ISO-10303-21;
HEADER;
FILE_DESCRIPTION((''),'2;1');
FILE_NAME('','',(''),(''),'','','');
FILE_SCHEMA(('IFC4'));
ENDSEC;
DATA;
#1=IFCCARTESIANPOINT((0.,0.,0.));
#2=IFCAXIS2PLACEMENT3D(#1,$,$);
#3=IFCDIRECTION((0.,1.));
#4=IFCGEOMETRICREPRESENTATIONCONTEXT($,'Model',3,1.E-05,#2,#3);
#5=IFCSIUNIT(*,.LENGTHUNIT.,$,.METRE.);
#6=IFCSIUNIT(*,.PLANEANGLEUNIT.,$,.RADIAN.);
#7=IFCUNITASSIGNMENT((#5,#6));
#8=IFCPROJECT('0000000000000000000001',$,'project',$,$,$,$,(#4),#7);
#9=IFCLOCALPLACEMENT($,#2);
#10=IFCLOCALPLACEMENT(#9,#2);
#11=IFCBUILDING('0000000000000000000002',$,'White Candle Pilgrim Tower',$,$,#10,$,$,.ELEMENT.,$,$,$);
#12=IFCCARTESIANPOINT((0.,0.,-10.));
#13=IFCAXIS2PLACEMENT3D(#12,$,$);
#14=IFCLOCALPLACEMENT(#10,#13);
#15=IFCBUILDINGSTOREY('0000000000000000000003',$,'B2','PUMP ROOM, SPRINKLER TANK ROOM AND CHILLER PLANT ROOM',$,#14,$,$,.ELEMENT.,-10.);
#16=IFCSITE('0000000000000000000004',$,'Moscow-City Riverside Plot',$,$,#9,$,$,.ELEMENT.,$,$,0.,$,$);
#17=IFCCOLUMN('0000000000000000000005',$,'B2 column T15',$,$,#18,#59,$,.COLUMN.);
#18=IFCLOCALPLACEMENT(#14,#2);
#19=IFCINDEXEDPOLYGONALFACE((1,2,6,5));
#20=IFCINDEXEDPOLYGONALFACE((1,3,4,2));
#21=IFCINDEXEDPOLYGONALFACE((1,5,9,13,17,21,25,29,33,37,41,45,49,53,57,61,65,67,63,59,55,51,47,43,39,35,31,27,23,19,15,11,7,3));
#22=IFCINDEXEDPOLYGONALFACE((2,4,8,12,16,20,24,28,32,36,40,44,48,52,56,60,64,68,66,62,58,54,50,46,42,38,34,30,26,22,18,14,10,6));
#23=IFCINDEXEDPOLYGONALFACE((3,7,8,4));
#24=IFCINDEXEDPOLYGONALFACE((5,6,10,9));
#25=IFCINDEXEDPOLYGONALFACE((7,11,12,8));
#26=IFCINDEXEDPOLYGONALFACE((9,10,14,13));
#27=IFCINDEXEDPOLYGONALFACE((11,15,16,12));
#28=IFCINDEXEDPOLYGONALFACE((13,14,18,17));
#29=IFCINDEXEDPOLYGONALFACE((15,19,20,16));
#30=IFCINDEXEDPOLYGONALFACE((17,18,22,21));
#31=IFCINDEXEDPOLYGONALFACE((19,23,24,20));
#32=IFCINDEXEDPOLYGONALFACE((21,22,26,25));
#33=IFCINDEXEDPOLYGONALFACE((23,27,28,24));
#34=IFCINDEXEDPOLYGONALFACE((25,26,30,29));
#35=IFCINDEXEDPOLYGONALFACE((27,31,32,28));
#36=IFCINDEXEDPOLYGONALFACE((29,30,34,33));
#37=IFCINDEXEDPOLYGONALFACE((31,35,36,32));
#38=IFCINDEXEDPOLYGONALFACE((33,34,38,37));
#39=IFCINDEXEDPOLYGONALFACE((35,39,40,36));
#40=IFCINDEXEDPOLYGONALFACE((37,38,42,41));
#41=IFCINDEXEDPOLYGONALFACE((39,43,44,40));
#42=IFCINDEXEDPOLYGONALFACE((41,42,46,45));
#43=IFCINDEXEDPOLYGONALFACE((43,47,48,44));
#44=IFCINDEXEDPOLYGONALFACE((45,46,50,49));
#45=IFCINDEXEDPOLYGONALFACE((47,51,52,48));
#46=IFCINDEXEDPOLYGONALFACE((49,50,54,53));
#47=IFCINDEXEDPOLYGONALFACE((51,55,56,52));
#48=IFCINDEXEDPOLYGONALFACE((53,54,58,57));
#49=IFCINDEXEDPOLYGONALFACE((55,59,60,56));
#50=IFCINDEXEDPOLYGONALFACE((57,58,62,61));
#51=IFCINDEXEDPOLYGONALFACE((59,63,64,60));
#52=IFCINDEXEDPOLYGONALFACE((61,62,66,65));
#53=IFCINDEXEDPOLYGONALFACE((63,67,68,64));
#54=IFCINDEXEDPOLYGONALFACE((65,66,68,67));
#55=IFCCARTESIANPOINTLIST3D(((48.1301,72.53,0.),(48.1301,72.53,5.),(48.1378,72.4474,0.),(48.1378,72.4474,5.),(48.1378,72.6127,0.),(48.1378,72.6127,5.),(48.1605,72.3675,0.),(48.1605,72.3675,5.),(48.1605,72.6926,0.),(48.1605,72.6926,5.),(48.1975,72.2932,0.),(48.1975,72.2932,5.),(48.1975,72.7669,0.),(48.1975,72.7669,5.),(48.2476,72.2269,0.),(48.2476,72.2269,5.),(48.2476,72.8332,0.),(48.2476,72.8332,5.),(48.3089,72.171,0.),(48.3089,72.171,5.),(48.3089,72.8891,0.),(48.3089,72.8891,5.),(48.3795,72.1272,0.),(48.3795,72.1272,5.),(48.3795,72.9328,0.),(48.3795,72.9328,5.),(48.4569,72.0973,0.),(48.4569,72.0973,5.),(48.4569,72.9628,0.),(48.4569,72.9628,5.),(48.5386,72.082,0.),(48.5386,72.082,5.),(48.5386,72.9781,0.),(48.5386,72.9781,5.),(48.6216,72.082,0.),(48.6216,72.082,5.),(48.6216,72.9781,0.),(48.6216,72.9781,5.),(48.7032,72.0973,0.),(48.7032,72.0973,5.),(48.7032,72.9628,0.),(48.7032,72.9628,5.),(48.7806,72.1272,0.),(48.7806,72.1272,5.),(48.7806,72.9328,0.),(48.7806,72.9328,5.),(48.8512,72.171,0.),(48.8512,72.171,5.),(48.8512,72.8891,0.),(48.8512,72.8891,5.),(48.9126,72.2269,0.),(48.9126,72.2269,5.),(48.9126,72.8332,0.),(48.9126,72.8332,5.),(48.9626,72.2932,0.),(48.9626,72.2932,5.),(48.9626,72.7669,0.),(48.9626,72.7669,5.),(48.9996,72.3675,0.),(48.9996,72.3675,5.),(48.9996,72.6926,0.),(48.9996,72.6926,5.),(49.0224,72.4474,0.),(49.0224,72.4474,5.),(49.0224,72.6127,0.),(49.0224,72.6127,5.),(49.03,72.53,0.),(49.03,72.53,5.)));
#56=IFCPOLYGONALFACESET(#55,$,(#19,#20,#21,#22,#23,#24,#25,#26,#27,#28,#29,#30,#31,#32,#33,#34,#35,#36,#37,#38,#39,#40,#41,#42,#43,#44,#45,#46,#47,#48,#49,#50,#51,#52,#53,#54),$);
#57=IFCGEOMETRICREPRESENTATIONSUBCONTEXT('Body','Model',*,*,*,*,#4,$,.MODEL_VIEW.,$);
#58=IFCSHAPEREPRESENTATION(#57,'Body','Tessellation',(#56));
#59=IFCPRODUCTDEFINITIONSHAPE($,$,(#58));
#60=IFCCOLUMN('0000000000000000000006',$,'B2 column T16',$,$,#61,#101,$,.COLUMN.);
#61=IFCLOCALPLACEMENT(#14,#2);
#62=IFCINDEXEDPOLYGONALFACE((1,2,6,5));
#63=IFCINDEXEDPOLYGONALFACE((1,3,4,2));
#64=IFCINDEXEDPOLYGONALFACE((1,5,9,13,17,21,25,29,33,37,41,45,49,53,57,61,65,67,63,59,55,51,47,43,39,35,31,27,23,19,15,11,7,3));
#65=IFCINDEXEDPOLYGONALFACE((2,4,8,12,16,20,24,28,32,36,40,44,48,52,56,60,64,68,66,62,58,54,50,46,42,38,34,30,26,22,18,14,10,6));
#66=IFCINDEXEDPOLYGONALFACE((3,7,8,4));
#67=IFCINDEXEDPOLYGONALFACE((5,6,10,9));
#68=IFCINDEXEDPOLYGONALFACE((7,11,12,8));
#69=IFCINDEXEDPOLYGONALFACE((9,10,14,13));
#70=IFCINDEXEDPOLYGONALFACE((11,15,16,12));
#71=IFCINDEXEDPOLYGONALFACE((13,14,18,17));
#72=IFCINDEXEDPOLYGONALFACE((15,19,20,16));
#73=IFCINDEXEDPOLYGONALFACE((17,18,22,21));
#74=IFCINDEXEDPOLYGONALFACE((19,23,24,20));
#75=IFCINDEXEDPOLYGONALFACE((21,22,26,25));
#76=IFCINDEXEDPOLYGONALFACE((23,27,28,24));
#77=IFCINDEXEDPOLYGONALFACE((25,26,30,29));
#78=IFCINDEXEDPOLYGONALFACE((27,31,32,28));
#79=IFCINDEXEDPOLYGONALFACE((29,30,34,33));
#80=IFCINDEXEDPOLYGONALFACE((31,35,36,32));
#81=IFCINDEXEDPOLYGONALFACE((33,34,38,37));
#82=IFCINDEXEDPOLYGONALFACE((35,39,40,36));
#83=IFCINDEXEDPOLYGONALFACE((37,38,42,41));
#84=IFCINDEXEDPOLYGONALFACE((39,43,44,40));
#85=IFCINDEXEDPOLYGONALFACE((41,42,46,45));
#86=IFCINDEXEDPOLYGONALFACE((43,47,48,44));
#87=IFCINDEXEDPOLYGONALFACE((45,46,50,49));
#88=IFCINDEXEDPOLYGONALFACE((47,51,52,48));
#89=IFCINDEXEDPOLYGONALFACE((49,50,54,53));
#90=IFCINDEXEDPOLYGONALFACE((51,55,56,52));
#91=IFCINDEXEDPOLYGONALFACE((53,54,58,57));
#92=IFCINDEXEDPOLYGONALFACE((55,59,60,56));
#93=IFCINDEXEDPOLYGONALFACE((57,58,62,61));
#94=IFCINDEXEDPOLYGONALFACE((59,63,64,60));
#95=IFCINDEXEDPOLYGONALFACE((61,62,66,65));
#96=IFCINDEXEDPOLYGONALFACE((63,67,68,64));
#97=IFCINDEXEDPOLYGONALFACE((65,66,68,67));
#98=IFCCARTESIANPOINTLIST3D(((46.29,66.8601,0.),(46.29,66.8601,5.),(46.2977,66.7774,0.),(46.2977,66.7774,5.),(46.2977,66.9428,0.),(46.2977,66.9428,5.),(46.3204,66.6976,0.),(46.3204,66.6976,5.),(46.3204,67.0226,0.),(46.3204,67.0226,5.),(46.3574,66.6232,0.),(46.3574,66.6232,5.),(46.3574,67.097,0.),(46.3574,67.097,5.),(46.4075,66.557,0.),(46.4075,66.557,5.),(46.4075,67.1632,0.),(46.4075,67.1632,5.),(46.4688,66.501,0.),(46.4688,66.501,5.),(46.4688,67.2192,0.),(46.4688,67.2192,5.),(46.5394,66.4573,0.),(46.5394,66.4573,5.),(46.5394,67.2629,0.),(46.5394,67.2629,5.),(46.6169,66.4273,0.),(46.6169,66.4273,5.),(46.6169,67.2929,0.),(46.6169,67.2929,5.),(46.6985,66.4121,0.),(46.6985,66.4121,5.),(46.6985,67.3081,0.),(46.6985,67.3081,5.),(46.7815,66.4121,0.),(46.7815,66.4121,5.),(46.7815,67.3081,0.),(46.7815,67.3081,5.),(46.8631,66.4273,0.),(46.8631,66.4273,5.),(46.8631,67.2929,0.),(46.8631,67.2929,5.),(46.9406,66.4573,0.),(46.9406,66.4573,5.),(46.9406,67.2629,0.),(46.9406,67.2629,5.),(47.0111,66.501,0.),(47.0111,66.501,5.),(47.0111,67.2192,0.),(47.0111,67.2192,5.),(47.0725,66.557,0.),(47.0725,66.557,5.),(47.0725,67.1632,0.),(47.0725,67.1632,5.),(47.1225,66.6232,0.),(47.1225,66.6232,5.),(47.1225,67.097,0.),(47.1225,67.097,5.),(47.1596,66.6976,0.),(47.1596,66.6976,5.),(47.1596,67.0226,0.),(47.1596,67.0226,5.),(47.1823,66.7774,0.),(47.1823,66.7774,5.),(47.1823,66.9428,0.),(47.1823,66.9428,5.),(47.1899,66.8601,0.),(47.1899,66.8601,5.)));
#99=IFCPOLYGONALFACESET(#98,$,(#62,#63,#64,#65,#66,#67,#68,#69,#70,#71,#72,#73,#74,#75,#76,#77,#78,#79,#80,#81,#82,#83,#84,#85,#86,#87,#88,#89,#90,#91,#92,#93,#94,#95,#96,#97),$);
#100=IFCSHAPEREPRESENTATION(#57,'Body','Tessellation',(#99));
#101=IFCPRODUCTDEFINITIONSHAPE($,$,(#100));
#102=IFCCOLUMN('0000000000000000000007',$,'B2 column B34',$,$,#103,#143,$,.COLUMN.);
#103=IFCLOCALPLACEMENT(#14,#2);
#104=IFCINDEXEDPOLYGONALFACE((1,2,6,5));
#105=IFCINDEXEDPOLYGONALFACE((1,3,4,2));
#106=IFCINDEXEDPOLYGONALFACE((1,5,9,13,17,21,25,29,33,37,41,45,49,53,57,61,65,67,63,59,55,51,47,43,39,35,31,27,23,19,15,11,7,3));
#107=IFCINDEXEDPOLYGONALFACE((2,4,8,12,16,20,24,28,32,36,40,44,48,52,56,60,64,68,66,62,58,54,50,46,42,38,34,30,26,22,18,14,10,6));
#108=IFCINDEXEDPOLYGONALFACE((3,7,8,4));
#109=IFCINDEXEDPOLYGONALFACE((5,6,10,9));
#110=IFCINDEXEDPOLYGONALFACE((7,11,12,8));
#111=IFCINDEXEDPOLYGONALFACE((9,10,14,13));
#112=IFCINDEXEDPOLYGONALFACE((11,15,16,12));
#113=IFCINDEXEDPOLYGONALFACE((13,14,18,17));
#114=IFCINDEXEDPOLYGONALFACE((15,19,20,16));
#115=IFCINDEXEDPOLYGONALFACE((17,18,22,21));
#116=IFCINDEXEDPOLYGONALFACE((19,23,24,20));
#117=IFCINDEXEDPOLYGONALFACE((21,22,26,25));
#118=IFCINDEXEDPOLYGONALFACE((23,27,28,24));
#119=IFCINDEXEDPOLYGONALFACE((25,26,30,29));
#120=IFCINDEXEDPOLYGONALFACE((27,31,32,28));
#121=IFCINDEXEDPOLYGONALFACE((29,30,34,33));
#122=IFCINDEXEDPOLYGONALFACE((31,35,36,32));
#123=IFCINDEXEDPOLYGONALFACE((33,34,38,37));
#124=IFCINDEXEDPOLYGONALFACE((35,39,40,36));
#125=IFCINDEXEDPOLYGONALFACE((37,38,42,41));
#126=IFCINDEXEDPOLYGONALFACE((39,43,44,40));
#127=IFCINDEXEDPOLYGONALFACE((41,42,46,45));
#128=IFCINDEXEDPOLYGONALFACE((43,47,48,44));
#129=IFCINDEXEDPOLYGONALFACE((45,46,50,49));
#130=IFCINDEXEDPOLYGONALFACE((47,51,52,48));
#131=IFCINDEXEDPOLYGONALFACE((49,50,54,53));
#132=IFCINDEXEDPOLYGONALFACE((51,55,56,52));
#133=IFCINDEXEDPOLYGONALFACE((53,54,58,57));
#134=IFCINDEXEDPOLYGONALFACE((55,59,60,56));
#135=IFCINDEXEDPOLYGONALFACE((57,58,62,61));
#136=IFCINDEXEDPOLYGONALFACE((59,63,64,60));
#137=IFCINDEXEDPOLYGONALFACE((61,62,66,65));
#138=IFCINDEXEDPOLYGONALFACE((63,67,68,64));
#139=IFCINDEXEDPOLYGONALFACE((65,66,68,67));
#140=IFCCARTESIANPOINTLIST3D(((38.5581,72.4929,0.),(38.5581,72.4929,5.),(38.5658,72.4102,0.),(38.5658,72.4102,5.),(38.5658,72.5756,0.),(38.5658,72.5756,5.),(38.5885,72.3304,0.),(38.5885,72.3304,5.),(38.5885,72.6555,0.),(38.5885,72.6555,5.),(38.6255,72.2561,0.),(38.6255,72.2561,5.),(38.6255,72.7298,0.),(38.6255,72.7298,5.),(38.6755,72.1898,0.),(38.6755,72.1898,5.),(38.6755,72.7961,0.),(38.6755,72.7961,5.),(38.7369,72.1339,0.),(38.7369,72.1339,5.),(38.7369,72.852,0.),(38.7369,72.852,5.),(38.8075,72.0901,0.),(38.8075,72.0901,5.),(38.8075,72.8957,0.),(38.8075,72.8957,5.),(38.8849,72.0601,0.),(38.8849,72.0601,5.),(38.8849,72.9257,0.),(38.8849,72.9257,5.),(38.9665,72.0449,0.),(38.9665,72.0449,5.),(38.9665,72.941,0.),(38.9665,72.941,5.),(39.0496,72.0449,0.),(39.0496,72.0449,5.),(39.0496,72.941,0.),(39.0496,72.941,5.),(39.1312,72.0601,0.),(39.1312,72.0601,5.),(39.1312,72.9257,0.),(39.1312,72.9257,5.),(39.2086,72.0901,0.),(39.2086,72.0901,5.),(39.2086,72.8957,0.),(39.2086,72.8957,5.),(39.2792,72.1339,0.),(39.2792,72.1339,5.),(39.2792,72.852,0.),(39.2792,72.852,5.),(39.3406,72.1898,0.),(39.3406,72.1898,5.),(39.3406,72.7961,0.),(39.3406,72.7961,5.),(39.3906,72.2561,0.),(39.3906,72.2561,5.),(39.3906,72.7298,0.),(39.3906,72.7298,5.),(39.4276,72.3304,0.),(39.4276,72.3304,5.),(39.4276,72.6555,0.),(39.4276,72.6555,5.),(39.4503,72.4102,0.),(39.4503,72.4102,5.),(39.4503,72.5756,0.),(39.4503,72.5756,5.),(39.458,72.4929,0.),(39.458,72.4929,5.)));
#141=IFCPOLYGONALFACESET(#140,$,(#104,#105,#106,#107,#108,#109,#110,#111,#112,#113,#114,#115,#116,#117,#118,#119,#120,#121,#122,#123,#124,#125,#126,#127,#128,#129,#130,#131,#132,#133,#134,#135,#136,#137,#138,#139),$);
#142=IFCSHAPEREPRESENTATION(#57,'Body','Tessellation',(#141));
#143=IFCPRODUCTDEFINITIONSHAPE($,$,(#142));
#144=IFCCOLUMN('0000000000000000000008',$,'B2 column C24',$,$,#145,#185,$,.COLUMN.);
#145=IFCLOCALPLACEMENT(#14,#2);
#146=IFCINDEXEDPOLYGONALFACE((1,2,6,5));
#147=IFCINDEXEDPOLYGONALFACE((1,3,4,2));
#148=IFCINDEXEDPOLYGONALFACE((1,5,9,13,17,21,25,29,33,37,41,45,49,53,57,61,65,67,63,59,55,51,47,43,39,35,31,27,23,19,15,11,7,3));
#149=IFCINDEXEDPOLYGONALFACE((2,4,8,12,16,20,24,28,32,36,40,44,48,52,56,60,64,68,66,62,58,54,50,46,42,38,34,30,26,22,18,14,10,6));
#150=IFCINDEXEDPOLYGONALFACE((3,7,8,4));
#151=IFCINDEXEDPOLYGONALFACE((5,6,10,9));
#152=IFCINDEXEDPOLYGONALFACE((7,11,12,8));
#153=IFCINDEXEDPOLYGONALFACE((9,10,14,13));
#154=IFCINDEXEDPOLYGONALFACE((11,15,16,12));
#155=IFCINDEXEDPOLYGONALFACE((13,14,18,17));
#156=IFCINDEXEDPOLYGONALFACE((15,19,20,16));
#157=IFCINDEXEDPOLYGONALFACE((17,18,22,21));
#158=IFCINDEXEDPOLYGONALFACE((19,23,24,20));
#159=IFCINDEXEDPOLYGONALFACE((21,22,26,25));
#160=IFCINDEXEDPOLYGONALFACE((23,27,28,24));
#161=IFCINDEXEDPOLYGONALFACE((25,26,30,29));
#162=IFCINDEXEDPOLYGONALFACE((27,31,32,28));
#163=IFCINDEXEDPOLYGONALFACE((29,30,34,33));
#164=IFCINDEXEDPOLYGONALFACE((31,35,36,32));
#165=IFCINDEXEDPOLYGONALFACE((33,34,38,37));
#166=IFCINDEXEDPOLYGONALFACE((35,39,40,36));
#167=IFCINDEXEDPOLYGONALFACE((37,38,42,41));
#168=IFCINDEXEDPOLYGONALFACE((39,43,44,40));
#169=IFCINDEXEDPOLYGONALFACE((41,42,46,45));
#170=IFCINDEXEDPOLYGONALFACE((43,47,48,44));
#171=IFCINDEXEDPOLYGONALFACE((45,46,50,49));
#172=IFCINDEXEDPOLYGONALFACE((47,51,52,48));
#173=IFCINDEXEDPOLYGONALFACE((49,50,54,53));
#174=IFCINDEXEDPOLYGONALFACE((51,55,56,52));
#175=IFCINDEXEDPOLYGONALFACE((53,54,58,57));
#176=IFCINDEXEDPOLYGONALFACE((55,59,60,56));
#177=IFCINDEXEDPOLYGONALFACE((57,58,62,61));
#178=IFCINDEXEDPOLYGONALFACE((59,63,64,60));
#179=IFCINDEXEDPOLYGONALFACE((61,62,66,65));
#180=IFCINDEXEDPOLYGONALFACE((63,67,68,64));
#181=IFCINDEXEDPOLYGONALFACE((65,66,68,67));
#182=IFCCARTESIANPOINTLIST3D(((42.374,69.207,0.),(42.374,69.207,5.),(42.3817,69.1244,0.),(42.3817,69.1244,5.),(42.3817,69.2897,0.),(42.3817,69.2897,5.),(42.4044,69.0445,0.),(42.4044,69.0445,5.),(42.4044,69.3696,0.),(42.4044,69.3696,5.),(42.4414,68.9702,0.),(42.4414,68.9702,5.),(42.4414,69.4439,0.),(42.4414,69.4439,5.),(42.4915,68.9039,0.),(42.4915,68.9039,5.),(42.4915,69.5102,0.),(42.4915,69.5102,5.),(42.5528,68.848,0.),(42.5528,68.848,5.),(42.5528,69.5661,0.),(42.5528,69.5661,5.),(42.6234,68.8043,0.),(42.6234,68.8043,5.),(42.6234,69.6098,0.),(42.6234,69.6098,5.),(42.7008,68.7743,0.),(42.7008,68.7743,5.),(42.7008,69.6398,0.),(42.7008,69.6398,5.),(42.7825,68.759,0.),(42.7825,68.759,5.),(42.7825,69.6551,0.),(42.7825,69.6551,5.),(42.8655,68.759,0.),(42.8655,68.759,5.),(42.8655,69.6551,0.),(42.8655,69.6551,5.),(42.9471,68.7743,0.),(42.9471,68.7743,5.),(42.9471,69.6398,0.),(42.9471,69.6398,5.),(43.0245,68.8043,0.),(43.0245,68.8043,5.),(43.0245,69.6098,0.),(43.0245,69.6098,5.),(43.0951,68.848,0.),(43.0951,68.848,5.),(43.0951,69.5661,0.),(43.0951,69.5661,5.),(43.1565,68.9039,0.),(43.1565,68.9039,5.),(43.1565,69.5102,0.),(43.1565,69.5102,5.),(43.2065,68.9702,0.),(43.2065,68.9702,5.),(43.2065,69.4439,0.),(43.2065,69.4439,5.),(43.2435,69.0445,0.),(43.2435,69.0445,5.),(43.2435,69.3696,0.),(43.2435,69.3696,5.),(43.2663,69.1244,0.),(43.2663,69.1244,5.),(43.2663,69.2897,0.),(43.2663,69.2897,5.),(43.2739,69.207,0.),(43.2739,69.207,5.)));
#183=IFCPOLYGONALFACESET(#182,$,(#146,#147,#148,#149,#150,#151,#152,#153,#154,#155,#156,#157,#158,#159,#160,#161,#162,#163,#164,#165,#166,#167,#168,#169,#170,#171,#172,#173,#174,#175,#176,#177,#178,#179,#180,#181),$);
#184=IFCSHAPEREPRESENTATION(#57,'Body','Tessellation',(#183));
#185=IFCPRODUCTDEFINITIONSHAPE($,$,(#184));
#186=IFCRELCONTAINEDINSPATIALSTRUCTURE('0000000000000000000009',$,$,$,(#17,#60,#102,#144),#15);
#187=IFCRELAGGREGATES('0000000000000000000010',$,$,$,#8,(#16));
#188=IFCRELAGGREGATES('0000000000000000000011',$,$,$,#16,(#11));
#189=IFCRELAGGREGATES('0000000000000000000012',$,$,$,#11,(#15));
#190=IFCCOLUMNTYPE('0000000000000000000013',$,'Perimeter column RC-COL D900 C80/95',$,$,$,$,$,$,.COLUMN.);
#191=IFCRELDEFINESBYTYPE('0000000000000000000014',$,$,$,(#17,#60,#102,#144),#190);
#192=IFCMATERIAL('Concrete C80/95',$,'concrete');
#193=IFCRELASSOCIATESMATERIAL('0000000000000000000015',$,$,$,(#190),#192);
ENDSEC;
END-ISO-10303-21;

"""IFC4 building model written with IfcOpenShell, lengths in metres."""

from ifc_helpers import new_model, si_unit, direction, frame, origin, origin_2d, place, context, subcontext, project, spatial, circle, extrude, material, material_profile, profile_set, type_object, element, save


model = new_model("IFC4")

# Units and contexts
model_context = context("Model", 3, precision=1e-05, world=origin(), true_north=direction((0.0, 1.0)))
body_context = subcontext(model_context, "Body", "Model", "MODEL_VIEW")
ifc_project = project(units=[si_unit("LENGTHUNIT", "METRE"), si_unit("PLANEANGLEUNIT", "RADIAN")], contexts=[model_context])

# Site, building, storey
site_placement = place(None, origin())
site = spatial("IfcSite", under=ifc_project, at=site_placement, Name="Moscow-City Riverside Plot", CompositionType="ELEMENT", RefElevation=0.0)
building_placement = place(site_placement, origin())
building = spatial("IfcBuilding", under=site, at=building_placement, Name="White Candle Pilgrim Tower", CompositionType="ELEMENT")
storey_placement = place(building_placement, frame((0.0, 0.0, -10.0)))
storey = spatial("IfcBuildingStorey", under=building, at=storey_placement, Name="B2", Description="PUMP ROOM, SPRINKLER TANK ROOM AND CHILLER PLANT ROOM", CompositionType="ELEMENT", Elevation=-10.0)

# Columns
ifc_material_1 = material(Name="Concrete C80/95", Category="concrete")
ifc_material_profile_1 = material_profile(ifc_material_1, circle(Radius=0.45, at=origin_2d()), Name="RC-COL D900")
ifc_profile_set_1 = profile_set([ifc_material_profile_1], Name="Concrete C80/95")
column_type_1 = type_object("IfcColumnType", Name="Perimeter column RC-COL D900 C80/95", PredefinedType="COLUMN", material=ifc_profile_set_1)
for number, where, z_axis, x_axis, name in (
    (1, (48.5801, 72.53, 0.0), (0.0, 0.0, 1.0), (1.0, 0.0, 0.0), "B2 column T15"),
    (2, (46.74, 66.8601, 0.0), (0.0, 0.0, 1.0), (1.0, 0.0, 0.0), "B2 column T16"),
    (3, (39.0081, 72.4929, 0.0), (0.0, 0.0, 1.0), (1.0, 0.0, 0.0), "B2 column B34"),
    (4, (42.824, 69.207, 0.0), (0.0, 0.0, 1.0), (1.0, 0.0, 0.0), "B2 column C24"),
):
    element("IfcColumn", number, at=place(storey_placement, frame(where, z_axis=z_axis, x_axis=x_axis)), inside=storey, type_object=column_type_1, Name=name, PredefinedType="COLUMN", context=body_context, shape_type="SweptSolid", body=[
        extrude(circle(Radius=0.45, at=origin_2d()), origin(), (0.0, 0.0, 1.0), 5.0),
    ])

save(model, "model.ifc")
